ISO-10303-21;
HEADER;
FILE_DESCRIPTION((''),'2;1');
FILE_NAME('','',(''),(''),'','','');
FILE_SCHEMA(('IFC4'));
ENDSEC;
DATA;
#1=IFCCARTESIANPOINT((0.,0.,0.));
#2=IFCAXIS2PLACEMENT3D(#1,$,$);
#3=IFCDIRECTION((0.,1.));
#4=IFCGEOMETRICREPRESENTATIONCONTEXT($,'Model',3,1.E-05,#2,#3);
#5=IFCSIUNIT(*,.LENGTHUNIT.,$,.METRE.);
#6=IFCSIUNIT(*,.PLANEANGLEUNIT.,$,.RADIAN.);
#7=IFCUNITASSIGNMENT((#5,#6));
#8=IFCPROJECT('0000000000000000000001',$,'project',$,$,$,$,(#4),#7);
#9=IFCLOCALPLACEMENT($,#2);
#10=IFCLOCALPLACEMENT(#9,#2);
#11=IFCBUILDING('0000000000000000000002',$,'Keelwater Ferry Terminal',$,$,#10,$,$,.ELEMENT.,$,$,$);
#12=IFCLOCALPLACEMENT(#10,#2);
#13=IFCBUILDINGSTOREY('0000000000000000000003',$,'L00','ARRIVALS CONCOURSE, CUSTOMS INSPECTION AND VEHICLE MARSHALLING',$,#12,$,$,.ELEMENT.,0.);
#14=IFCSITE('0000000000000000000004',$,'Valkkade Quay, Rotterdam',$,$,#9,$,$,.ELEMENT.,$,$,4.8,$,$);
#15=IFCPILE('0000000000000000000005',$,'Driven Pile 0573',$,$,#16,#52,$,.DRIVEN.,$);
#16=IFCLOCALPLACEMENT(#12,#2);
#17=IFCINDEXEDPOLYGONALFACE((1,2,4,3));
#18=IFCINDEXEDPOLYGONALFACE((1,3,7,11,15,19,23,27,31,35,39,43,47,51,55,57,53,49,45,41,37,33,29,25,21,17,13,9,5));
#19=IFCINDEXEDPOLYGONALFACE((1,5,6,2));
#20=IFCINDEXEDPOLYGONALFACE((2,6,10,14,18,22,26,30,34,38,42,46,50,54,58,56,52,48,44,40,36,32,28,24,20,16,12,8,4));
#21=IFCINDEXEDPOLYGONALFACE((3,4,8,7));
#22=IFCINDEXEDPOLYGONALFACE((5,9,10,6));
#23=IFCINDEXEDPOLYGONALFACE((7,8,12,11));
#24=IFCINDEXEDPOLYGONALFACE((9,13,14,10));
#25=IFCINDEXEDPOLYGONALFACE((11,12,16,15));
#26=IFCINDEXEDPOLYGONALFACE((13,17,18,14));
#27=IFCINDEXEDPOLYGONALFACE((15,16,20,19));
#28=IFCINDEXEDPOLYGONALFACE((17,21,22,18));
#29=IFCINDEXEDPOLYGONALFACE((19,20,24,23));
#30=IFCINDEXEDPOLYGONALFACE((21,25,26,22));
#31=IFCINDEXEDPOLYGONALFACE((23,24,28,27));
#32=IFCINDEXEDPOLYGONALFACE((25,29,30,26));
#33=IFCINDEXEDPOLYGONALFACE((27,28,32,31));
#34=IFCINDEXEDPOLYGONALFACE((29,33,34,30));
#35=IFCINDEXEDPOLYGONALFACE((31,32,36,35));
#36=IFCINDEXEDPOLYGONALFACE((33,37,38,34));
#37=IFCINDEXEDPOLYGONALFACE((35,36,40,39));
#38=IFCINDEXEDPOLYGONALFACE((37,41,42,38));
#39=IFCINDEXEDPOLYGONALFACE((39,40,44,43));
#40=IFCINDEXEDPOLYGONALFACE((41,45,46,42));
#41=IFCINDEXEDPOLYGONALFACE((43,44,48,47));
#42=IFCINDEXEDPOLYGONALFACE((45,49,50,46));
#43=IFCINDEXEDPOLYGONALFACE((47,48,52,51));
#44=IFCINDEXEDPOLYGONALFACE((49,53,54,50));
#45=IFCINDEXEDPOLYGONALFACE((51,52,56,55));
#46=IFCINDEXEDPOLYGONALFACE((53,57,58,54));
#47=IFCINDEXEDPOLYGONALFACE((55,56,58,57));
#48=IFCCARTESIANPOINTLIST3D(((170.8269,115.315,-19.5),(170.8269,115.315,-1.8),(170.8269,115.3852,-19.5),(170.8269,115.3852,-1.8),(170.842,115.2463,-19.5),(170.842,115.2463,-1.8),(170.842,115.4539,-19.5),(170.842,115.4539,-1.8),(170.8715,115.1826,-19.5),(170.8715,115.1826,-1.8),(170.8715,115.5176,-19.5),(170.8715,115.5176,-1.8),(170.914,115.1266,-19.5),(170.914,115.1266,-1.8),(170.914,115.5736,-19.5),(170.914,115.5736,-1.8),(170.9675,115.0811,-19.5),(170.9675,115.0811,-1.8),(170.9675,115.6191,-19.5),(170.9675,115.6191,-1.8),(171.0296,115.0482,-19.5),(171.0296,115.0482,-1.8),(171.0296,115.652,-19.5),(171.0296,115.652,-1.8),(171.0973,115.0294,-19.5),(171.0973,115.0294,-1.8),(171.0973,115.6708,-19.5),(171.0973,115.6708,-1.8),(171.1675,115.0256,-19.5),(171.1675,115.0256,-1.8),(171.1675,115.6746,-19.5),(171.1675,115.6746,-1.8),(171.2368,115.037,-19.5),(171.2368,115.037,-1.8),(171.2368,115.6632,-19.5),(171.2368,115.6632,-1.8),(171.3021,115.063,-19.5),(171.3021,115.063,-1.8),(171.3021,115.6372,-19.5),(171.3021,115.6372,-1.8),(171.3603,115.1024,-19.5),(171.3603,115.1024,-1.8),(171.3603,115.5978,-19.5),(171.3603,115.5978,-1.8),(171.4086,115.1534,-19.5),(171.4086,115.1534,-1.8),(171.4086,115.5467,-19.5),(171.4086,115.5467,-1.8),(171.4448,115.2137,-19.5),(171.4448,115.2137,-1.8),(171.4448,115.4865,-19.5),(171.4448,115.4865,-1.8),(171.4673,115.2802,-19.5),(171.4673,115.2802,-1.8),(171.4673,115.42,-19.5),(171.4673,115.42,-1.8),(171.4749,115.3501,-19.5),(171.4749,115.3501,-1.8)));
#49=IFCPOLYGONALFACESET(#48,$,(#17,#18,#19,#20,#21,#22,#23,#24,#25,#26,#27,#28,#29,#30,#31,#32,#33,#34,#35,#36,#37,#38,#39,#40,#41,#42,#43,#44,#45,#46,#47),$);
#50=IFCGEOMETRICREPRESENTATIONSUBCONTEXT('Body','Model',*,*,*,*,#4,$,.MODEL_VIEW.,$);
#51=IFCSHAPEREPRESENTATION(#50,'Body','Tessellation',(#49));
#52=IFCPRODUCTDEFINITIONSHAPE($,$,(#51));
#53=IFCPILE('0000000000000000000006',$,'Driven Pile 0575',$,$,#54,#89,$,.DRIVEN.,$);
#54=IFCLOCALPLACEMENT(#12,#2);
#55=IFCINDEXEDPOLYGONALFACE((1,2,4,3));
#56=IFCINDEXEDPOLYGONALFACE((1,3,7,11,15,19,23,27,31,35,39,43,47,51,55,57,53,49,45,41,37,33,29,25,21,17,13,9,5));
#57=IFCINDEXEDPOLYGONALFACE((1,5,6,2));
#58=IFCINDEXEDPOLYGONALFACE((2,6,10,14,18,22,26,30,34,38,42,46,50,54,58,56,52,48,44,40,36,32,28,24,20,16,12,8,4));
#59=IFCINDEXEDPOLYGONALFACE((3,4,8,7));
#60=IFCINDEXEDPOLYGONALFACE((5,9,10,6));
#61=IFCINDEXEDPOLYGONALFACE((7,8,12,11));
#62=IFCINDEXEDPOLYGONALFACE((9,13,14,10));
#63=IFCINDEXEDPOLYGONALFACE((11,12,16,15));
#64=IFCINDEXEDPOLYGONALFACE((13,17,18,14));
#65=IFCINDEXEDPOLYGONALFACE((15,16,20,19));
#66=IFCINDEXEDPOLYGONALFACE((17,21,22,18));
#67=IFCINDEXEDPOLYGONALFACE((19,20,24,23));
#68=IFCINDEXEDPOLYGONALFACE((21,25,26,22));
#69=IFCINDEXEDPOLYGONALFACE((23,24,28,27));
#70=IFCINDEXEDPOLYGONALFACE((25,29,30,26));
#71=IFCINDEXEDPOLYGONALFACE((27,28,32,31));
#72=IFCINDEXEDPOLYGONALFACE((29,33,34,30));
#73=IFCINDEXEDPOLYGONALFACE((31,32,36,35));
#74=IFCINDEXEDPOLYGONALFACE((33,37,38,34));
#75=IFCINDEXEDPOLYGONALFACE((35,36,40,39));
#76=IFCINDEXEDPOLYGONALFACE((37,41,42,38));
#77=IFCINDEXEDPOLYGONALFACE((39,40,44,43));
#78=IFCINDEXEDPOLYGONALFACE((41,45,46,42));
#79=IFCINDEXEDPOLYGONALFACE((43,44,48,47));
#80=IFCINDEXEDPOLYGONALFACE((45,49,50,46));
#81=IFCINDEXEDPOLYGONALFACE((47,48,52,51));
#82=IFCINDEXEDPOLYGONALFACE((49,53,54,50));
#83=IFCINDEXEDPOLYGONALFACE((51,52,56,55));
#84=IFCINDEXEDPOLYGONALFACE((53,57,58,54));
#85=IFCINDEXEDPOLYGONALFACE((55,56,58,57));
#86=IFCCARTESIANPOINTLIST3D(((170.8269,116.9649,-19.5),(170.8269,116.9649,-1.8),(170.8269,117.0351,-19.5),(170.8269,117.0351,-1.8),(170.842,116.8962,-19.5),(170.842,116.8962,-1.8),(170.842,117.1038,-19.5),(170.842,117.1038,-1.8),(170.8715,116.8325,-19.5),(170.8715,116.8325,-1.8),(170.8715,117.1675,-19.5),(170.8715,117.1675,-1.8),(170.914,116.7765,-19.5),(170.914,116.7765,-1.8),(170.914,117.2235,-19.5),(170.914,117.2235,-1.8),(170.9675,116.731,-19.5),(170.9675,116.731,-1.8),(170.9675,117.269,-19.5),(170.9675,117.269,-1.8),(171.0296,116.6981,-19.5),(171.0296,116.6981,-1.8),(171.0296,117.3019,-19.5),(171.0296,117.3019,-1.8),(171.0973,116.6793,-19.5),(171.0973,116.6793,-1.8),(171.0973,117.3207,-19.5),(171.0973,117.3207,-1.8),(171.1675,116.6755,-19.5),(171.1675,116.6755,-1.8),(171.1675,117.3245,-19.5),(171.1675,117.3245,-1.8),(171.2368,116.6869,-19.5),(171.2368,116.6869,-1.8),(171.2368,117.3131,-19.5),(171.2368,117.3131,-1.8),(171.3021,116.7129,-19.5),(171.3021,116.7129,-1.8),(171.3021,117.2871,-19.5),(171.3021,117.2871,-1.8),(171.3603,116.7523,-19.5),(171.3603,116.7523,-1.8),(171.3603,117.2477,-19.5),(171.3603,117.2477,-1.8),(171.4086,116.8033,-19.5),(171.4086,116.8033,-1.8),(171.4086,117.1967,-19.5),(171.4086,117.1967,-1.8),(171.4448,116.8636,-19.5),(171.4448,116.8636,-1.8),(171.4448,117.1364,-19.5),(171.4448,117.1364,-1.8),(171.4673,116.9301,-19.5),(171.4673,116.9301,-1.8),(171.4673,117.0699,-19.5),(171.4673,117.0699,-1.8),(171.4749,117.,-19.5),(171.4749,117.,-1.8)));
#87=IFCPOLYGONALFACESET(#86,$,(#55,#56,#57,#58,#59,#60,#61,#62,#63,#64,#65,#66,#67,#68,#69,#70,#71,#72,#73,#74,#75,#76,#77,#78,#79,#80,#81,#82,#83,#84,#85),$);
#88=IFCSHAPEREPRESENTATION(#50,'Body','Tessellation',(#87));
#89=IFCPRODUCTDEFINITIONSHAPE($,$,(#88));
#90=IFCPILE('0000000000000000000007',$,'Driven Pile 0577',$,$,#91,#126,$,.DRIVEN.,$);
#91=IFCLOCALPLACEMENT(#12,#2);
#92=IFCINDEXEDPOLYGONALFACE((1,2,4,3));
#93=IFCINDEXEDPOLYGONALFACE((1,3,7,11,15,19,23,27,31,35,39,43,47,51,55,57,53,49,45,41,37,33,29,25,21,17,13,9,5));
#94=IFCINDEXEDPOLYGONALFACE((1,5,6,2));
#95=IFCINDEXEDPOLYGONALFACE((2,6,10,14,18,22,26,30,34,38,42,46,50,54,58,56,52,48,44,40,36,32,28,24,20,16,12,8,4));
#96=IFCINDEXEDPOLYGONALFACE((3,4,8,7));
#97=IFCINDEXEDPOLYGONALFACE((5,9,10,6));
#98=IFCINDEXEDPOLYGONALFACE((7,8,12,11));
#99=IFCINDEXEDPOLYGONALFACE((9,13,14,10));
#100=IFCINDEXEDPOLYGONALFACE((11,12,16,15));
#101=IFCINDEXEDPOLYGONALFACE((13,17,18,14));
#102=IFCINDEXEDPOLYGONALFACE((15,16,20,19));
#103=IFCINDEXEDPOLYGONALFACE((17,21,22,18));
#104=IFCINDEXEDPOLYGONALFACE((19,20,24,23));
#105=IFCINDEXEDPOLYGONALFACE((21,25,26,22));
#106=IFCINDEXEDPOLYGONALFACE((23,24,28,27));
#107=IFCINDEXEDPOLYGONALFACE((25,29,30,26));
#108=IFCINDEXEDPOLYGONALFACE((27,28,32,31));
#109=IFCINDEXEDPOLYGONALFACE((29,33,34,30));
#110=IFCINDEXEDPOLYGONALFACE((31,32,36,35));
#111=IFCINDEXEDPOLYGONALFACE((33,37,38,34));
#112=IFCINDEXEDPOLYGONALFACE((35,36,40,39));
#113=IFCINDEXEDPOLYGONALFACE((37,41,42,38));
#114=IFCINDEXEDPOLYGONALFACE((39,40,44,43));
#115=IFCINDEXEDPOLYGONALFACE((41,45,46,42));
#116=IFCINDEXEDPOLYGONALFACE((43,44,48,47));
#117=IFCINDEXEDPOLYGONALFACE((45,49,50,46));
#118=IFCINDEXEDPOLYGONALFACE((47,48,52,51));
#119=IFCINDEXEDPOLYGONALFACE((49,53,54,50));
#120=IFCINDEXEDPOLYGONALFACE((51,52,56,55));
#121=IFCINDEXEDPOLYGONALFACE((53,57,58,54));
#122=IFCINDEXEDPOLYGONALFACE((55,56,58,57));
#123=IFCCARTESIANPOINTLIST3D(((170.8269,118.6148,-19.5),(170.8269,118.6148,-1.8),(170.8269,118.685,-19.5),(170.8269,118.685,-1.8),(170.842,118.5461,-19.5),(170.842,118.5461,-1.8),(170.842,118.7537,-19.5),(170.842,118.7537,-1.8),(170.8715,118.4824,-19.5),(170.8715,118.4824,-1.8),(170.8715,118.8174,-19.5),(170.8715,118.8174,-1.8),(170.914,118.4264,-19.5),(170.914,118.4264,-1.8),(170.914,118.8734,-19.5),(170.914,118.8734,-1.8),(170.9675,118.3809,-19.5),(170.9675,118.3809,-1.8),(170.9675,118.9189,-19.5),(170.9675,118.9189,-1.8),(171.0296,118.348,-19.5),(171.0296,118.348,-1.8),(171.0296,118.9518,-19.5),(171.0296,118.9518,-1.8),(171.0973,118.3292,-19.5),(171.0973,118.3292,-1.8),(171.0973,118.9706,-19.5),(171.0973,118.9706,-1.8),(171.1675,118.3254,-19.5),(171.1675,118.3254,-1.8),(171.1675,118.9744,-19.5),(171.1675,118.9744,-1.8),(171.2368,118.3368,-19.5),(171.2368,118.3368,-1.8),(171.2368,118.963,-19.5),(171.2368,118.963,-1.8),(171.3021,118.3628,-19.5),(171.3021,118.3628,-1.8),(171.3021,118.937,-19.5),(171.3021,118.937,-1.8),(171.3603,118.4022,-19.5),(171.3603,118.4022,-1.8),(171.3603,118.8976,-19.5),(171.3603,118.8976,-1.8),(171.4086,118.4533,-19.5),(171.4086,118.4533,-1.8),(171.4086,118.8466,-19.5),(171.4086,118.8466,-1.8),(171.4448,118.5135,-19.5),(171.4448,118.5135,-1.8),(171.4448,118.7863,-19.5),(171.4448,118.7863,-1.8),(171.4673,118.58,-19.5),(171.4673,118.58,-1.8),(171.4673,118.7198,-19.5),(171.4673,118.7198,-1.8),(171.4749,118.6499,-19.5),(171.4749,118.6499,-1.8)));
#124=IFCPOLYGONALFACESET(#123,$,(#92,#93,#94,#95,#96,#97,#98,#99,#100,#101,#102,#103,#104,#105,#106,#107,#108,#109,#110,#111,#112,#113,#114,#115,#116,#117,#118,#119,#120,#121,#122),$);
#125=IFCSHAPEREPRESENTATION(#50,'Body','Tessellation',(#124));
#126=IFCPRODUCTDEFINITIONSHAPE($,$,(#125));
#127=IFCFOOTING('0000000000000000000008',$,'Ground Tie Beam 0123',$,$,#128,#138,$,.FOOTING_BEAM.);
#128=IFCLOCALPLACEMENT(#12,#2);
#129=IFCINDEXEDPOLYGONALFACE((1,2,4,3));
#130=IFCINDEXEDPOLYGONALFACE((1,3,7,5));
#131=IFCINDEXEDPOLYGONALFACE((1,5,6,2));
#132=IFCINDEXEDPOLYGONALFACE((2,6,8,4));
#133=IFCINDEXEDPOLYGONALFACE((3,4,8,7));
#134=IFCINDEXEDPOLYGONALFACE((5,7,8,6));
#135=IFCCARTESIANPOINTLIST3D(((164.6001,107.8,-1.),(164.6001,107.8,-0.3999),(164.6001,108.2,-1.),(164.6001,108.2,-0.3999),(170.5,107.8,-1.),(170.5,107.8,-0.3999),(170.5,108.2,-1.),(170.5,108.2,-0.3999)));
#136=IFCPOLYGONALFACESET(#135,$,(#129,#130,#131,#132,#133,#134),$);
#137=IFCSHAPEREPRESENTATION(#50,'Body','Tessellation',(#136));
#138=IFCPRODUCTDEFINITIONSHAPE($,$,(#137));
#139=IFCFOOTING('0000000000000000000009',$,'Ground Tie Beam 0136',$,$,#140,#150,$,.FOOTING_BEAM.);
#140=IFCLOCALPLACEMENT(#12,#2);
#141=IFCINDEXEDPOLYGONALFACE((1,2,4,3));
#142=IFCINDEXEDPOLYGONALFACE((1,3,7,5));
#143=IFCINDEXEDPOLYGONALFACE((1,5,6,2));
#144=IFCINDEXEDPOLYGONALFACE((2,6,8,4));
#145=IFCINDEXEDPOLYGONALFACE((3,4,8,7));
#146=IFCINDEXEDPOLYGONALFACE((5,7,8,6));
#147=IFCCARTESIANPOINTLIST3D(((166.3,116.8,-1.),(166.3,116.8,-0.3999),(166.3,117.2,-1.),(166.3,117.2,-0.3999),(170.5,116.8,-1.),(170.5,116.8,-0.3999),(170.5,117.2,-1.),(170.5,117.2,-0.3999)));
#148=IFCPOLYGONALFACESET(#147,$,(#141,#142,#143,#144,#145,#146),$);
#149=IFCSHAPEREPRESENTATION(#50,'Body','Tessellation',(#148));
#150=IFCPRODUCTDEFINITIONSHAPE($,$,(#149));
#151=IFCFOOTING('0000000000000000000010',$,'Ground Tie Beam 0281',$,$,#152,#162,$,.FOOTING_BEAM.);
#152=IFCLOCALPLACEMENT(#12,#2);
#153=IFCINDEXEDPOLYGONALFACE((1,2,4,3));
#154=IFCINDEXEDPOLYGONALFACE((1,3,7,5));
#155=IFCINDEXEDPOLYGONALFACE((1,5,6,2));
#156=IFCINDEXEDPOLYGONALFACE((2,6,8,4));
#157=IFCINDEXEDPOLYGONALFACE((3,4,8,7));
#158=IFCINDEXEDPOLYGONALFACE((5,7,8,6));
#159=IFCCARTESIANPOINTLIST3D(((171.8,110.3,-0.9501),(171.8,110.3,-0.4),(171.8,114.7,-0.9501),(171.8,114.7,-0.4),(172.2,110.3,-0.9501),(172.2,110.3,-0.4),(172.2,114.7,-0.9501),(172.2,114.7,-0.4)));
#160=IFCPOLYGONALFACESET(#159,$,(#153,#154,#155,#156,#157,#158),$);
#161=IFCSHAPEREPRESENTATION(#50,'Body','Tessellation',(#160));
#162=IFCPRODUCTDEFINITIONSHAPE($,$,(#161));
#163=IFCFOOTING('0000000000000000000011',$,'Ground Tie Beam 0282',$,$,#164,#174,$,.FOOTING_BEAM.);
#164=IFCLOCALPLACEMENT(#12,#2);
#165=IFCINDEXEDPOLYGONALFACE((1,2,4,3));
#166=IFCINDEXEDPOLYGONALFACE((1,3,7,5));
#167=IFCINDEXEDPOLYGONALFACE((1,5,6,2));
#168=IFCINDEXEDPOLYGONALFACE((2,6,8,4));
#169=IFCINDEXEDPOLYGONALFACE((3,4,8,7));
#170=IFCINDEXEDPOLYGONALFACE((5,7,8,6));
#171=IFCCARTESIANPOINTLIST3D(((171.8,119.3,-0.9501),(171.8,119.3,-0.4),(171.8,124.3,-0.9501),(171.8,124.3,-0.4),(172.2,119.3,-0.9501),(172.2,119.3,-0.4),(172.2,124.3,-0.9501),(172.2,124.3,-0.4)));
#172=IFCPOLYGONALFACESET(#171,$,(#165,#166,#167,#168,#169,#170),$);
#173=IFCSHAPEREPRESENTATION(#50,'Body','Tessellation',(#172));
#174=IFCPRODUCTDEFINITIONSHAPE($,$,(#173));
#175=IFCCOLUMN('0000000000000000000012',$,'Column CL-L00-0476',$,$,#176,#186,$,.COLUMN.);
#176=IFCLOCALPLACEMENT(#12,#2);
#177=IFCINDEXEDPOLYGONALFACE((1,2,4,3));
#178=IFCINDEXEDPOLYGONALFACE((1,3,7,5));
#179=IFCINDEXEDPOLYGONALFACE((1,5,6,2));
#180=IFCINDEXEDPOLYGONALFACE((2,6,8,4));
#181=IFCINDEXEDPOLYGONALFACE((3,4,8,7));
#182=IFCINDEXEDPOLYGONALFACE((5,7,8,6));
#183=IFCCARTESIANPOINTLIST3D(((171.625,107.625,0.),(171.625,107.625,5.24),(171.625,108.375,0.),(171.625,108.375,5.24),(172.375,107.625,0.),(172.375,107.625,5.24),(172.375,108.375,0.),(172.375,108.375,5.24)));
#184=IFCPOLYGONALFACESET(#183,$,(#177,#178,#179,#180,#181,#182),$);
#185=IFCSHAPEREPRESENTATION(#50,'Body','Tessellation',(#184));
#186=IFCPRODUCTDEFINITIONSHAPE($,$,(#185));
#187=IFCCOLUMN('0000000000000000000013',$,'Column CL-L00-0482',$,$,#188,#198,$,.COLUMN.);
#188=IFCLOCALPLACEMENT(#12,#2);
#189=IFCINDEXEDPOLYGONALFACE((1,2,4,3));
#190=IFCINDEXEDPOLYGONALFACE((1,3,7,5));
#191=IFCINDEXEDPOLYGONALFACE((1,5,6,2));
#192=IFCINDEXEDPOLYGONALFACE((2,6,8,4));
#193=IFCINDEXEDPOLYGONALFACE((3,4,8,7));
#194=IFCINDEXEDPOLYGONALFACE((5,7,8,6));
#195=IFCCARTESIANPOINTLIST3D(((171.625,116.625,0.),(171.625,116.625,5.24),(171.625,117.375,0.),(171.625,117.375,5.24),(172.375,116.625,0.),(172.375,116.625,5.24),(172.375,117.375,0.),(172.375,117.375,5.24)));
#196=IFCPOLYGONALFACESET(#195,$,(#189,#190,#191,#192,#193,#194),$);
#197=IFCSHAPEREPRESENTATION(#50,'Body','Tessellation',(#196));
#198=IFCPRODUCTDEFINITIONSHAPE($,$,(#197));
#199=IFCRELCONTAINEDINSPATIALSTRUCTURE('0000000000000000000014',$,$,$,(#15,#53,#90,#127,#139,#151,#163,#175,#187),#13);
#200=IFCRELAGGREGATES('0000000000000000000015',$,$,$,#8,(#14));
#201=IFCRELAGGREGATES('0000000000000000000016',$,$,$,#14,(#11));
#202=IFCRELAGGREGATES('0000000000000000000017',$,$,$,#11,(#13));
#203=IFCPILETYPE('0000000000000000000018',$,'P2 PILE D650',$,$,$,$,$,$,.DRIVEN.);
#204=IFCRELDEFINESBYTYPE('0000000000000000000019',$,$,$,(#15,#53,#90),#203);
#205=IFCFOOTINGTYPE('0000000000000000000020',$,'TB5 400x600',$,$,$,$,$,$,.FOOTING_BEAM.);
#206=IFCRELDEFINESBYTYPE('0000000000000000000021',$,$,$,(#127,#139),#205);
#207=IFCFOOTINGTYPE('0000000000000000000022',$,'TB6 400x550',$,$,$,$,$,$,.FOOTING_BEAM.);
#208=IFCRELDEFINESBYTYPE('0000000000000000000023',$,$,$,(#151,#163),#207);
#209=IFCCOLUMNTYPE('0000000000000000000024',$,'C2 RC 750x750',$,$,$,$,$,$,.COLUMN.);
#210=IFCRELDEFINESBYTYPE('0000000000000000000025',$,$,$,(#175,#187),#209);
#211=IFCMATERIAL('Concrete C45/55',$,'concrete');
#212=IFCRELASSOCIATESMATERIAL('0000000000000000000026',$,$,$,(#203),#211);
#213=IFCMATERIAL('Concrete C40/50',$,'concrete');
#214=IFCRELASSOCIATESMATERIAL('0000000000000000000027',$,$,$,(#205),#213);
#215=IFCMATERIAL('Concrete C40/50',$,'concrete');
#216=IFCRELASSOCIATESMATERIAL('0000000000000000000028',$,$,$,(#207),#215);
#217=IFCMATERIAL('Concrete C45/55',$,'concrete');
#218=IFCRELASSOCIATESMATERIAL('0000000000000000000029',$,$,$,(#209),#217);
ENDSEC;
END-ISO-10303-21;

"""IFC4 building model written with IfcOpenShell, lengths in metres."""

from ifc_helpers import new_model, si_unit, direction, frame, origin, origin_2d, place, context, subcontext, project, spatial, rectangle, circle, extrude, material, material_profile, profile_set, type_object, element, save


model = new_model("IFC4")

# Units and contexts
model_context = context("Model", 3, precision=1e-05, world=origin(), true_north=direction((0.0, 1.0)))
body_context = subcontext(model_context, "Body", "Model", "MODEL_VIEW")
ifc_project = project(units=[si_unit("LENGTHUNIT", "METRE"), si_unit("PLANEANGLEUNIT", "RADIAN")], contexts=[model_context])

# Site, building, storey
site_placement = place(None, origin())
site = spatial("IfcSite", under=ifc_project, at=site_placement, Name="Valkkade Quay, Rotterdam", CompositionType="ELEMENT", RefElevation=4.8)
building_placement = place(site_placement, origin())
building = spatial("IfcBuilding", under=site, at=building_placement, Name="Keelwater Ferry Terminal", CompositionType="ELEMENT")
storey_placement = place(building_placement, origin())
storey = spatial("IfcBuildingStorey", under=building, at=storey_placement, Name="L00", Description="ARRIVALS CONCOURSE, CUSTOMS INSPECTION AND VEHICLE MARSHALLING", CompositionType="ELEMENT", Elevation=0.0)

# Piles
ifc_material_1 = material(Name="Concrete C45/55", Category="concrete")
ifc_material_profile_1 = material_profile(ifc_material_1, circle(Radius=0.325, at=origin_2d()), Name="PILE D650")
ifc_profile_set_1 = profile_set([ifc_material_profile_1], Name="Concrete C45/55")
pile_type = type_object("IfcPileType", Name="P2 PILE D650", PredefinedType="DRIVEN", material=ifc_profile_set_1)
for number, where, z_axis, x_axis, name in (
    (1, (171.1499, 115.3501, -1.8), (0.0, 0.0, -1.0), (1.0, 0.0, 0.0), "Driven Pile 0573"),
    (2, (171.1499, 117.0, -1.8), (0.0, 0.0, -1.0), (1.0, 0.0, 0.0), "Driven Pile 0575"),
    (3, (171.1499, 118.6499, -1.8), (0.0, 0.0, -1.0), (1.0, 0.0, 0.0), "Driven Pile 0577"),
):
    element("IfcPile", number, at=place(storey_placement, frame(where, z_axis=z_axis, x_axis=x_axis)), inside=storey, type_object=pile_type, Name=name, PredefinedType="DRIVEN", context=body_context, shape_type="SweptSolid", body=[
        extrude(circle(Radius=0.325, at=origin_2d()), origin(), (0.0, 0.0, 1.0), 17.7),
    ])

# Footings
ifc_material_2 = material(Name="Concrete C40/50", Category="concrete")
ifc_material_profile_2 = material_profile(ifc_material_2, rectangle(XDim=0.3999, YDim=0.6001, at=origin_2d()), Name="TB 400x600")
ifc_profile_set_2 = profile_set([ifc_material_profile_2], Name="Concrete C40/50")
footing_type_1 = type_object("IfcFootingType", Name="TB5 400x600", PredefinedType="FOOTING_BEAM", material=ifc_profile_set_2)
footing_1_placement = place(storey_placement, frame((164.6001, 108.0, -0.7), z_axis=(1.0, 0.0, 0.0), x_axis=(0.0, 1.0, 0.0)))
element("IfcFooting", 4, at=footing_1_placement, inside=storey, type_object=footing_type_1, Name="Ground Tie Beam 0123", PredefinedType="FOOTING_BEAM", context=body_context, shape_type="SweptSolid", body=[
    extrude(rectangle(XDim=0.3999, YDim=0.6001, at=origin_2d()), origin(), (0.0, 0.0, 1.0), 5.8999),
])
footing_2_placement = place(storey_placement, frame((166.3, 117.0, -0.7), z_axis=(1.0, 0.0, 0.0), x_axis=(0.0, 1.0, 0.0)))
element("IfcFooting", 5, at=footing_2_placement, inside=storey, type_object=footing_type_1, Name="Ground Tie Beam 0136", PredefinedType="FOOTING_BEAM", context=body_context, shape_type="SweptSolid", body=[
    extrude(rectangle(XDim=0.3999, YDim=0.6001, at=origin_2d()), origin(), (0.0, 0.0, 1.0), 4.2),
])
ifc_material_3 = material(Name="Concrete C40/50", Category="concrete")
ifc_material_profile_3 = material_profile(ifc_material_3, rectangle(XDim=0.3999, YDim=0.55, at=origin_2d()), Name="TB 400x550")
ifc_profile_set_3 = profile_set([ifc_material_profile_3], Name="Concrete C40/50")
footing_type_2 = type_object("IfcFootingType", Name="TB6 400x550", PredefinedType="FOOTING_BEAM", material=ifc_profile_set_3)
footing_3_placement = place(storey_placement, frame((172.0, 110.3, -0.675), z_axis=(0.0, 1.0, 0.0), x_axis=(-1.0, 0.0, 0.0)))
element("IfcFooting", 6, at=footing_3_placement, inside=storey, type_object=footing_type_2, Name="Ground Tie Beam 0281", PredefinedType="FOOTING_BEAM", context=body_context, shape_type="SweptSolid", body=[
    extrude(rectangle(XDim=0.3999, YDim=0.55, at=origin_2d()), origin(), (0.0, 0.0, 1.0), 4.3999),
])
footing_4_placement = place(storey_placement, frame((172.0, 119.3, -0.675), z_axis=(0.0, 1.0, 0.0), x_axis=(-1.0, 0.0, 0.0)))
element("IfcFooting", 7, at=footing_4_placement, inside=storey, type_object=footing_type_2, Name="Ground Tie Beam 0282", PredefinedType="FOOTING_BEAM", context=body_context, shape_type="SweptSolid", body=[
    extrude(rectangle(XDim=0.3999, YDim=0.55, at=origin_2d()), origin(), (0.0, 0.0, 1.0), 5.0),
])

# Columns
ifc_material_4 = material(Name="Concrete C45/55", Category="concrete")
ifc_material_profile_4 = material_profile(ifc_material_4, rectangle(XDim=0.75, YDim=0.75, at=origin_2d()), Name="RC 750x750")
ifc_profile_set_4 = profile_set([ifc_material_profile_4], Name="Concrete C45/55")
column_type = type_object("IfcColumnType", Name="C2 RC 750x750", PredefinedType="COLUMN", material=ifc_profile_set_4)
for number, where, z_axis, x_axis, name in (
    (8, (172.0, 108.0, 0.0), (0.0, 0.0, 1.0), (1.0, 0.0, 0.0), "Column CL-L00-0476"),
    (9, (172.0, 117.0, 0.0), (0.0, 0.0, 1.0), (1.0, 0.0, 0.0), "Column CL-L00-0482"),
):
    element("IfcColumn", number, at=place(storey_placement, frame(where, z_axis=z_axis, x_axis=x_axis)), inside=storey, type_object=column_type, Name=name, PredefinedType="COLUMN", context=body_context, shape_type="SweptSolid", body=[
        extrude(rectangle(XDim=0.75, YDim=0.75, at=origin_2d()), origin(), (0.0, 0.0, 1.0), 5.24),
    ])

save(model, "model.ifc")
